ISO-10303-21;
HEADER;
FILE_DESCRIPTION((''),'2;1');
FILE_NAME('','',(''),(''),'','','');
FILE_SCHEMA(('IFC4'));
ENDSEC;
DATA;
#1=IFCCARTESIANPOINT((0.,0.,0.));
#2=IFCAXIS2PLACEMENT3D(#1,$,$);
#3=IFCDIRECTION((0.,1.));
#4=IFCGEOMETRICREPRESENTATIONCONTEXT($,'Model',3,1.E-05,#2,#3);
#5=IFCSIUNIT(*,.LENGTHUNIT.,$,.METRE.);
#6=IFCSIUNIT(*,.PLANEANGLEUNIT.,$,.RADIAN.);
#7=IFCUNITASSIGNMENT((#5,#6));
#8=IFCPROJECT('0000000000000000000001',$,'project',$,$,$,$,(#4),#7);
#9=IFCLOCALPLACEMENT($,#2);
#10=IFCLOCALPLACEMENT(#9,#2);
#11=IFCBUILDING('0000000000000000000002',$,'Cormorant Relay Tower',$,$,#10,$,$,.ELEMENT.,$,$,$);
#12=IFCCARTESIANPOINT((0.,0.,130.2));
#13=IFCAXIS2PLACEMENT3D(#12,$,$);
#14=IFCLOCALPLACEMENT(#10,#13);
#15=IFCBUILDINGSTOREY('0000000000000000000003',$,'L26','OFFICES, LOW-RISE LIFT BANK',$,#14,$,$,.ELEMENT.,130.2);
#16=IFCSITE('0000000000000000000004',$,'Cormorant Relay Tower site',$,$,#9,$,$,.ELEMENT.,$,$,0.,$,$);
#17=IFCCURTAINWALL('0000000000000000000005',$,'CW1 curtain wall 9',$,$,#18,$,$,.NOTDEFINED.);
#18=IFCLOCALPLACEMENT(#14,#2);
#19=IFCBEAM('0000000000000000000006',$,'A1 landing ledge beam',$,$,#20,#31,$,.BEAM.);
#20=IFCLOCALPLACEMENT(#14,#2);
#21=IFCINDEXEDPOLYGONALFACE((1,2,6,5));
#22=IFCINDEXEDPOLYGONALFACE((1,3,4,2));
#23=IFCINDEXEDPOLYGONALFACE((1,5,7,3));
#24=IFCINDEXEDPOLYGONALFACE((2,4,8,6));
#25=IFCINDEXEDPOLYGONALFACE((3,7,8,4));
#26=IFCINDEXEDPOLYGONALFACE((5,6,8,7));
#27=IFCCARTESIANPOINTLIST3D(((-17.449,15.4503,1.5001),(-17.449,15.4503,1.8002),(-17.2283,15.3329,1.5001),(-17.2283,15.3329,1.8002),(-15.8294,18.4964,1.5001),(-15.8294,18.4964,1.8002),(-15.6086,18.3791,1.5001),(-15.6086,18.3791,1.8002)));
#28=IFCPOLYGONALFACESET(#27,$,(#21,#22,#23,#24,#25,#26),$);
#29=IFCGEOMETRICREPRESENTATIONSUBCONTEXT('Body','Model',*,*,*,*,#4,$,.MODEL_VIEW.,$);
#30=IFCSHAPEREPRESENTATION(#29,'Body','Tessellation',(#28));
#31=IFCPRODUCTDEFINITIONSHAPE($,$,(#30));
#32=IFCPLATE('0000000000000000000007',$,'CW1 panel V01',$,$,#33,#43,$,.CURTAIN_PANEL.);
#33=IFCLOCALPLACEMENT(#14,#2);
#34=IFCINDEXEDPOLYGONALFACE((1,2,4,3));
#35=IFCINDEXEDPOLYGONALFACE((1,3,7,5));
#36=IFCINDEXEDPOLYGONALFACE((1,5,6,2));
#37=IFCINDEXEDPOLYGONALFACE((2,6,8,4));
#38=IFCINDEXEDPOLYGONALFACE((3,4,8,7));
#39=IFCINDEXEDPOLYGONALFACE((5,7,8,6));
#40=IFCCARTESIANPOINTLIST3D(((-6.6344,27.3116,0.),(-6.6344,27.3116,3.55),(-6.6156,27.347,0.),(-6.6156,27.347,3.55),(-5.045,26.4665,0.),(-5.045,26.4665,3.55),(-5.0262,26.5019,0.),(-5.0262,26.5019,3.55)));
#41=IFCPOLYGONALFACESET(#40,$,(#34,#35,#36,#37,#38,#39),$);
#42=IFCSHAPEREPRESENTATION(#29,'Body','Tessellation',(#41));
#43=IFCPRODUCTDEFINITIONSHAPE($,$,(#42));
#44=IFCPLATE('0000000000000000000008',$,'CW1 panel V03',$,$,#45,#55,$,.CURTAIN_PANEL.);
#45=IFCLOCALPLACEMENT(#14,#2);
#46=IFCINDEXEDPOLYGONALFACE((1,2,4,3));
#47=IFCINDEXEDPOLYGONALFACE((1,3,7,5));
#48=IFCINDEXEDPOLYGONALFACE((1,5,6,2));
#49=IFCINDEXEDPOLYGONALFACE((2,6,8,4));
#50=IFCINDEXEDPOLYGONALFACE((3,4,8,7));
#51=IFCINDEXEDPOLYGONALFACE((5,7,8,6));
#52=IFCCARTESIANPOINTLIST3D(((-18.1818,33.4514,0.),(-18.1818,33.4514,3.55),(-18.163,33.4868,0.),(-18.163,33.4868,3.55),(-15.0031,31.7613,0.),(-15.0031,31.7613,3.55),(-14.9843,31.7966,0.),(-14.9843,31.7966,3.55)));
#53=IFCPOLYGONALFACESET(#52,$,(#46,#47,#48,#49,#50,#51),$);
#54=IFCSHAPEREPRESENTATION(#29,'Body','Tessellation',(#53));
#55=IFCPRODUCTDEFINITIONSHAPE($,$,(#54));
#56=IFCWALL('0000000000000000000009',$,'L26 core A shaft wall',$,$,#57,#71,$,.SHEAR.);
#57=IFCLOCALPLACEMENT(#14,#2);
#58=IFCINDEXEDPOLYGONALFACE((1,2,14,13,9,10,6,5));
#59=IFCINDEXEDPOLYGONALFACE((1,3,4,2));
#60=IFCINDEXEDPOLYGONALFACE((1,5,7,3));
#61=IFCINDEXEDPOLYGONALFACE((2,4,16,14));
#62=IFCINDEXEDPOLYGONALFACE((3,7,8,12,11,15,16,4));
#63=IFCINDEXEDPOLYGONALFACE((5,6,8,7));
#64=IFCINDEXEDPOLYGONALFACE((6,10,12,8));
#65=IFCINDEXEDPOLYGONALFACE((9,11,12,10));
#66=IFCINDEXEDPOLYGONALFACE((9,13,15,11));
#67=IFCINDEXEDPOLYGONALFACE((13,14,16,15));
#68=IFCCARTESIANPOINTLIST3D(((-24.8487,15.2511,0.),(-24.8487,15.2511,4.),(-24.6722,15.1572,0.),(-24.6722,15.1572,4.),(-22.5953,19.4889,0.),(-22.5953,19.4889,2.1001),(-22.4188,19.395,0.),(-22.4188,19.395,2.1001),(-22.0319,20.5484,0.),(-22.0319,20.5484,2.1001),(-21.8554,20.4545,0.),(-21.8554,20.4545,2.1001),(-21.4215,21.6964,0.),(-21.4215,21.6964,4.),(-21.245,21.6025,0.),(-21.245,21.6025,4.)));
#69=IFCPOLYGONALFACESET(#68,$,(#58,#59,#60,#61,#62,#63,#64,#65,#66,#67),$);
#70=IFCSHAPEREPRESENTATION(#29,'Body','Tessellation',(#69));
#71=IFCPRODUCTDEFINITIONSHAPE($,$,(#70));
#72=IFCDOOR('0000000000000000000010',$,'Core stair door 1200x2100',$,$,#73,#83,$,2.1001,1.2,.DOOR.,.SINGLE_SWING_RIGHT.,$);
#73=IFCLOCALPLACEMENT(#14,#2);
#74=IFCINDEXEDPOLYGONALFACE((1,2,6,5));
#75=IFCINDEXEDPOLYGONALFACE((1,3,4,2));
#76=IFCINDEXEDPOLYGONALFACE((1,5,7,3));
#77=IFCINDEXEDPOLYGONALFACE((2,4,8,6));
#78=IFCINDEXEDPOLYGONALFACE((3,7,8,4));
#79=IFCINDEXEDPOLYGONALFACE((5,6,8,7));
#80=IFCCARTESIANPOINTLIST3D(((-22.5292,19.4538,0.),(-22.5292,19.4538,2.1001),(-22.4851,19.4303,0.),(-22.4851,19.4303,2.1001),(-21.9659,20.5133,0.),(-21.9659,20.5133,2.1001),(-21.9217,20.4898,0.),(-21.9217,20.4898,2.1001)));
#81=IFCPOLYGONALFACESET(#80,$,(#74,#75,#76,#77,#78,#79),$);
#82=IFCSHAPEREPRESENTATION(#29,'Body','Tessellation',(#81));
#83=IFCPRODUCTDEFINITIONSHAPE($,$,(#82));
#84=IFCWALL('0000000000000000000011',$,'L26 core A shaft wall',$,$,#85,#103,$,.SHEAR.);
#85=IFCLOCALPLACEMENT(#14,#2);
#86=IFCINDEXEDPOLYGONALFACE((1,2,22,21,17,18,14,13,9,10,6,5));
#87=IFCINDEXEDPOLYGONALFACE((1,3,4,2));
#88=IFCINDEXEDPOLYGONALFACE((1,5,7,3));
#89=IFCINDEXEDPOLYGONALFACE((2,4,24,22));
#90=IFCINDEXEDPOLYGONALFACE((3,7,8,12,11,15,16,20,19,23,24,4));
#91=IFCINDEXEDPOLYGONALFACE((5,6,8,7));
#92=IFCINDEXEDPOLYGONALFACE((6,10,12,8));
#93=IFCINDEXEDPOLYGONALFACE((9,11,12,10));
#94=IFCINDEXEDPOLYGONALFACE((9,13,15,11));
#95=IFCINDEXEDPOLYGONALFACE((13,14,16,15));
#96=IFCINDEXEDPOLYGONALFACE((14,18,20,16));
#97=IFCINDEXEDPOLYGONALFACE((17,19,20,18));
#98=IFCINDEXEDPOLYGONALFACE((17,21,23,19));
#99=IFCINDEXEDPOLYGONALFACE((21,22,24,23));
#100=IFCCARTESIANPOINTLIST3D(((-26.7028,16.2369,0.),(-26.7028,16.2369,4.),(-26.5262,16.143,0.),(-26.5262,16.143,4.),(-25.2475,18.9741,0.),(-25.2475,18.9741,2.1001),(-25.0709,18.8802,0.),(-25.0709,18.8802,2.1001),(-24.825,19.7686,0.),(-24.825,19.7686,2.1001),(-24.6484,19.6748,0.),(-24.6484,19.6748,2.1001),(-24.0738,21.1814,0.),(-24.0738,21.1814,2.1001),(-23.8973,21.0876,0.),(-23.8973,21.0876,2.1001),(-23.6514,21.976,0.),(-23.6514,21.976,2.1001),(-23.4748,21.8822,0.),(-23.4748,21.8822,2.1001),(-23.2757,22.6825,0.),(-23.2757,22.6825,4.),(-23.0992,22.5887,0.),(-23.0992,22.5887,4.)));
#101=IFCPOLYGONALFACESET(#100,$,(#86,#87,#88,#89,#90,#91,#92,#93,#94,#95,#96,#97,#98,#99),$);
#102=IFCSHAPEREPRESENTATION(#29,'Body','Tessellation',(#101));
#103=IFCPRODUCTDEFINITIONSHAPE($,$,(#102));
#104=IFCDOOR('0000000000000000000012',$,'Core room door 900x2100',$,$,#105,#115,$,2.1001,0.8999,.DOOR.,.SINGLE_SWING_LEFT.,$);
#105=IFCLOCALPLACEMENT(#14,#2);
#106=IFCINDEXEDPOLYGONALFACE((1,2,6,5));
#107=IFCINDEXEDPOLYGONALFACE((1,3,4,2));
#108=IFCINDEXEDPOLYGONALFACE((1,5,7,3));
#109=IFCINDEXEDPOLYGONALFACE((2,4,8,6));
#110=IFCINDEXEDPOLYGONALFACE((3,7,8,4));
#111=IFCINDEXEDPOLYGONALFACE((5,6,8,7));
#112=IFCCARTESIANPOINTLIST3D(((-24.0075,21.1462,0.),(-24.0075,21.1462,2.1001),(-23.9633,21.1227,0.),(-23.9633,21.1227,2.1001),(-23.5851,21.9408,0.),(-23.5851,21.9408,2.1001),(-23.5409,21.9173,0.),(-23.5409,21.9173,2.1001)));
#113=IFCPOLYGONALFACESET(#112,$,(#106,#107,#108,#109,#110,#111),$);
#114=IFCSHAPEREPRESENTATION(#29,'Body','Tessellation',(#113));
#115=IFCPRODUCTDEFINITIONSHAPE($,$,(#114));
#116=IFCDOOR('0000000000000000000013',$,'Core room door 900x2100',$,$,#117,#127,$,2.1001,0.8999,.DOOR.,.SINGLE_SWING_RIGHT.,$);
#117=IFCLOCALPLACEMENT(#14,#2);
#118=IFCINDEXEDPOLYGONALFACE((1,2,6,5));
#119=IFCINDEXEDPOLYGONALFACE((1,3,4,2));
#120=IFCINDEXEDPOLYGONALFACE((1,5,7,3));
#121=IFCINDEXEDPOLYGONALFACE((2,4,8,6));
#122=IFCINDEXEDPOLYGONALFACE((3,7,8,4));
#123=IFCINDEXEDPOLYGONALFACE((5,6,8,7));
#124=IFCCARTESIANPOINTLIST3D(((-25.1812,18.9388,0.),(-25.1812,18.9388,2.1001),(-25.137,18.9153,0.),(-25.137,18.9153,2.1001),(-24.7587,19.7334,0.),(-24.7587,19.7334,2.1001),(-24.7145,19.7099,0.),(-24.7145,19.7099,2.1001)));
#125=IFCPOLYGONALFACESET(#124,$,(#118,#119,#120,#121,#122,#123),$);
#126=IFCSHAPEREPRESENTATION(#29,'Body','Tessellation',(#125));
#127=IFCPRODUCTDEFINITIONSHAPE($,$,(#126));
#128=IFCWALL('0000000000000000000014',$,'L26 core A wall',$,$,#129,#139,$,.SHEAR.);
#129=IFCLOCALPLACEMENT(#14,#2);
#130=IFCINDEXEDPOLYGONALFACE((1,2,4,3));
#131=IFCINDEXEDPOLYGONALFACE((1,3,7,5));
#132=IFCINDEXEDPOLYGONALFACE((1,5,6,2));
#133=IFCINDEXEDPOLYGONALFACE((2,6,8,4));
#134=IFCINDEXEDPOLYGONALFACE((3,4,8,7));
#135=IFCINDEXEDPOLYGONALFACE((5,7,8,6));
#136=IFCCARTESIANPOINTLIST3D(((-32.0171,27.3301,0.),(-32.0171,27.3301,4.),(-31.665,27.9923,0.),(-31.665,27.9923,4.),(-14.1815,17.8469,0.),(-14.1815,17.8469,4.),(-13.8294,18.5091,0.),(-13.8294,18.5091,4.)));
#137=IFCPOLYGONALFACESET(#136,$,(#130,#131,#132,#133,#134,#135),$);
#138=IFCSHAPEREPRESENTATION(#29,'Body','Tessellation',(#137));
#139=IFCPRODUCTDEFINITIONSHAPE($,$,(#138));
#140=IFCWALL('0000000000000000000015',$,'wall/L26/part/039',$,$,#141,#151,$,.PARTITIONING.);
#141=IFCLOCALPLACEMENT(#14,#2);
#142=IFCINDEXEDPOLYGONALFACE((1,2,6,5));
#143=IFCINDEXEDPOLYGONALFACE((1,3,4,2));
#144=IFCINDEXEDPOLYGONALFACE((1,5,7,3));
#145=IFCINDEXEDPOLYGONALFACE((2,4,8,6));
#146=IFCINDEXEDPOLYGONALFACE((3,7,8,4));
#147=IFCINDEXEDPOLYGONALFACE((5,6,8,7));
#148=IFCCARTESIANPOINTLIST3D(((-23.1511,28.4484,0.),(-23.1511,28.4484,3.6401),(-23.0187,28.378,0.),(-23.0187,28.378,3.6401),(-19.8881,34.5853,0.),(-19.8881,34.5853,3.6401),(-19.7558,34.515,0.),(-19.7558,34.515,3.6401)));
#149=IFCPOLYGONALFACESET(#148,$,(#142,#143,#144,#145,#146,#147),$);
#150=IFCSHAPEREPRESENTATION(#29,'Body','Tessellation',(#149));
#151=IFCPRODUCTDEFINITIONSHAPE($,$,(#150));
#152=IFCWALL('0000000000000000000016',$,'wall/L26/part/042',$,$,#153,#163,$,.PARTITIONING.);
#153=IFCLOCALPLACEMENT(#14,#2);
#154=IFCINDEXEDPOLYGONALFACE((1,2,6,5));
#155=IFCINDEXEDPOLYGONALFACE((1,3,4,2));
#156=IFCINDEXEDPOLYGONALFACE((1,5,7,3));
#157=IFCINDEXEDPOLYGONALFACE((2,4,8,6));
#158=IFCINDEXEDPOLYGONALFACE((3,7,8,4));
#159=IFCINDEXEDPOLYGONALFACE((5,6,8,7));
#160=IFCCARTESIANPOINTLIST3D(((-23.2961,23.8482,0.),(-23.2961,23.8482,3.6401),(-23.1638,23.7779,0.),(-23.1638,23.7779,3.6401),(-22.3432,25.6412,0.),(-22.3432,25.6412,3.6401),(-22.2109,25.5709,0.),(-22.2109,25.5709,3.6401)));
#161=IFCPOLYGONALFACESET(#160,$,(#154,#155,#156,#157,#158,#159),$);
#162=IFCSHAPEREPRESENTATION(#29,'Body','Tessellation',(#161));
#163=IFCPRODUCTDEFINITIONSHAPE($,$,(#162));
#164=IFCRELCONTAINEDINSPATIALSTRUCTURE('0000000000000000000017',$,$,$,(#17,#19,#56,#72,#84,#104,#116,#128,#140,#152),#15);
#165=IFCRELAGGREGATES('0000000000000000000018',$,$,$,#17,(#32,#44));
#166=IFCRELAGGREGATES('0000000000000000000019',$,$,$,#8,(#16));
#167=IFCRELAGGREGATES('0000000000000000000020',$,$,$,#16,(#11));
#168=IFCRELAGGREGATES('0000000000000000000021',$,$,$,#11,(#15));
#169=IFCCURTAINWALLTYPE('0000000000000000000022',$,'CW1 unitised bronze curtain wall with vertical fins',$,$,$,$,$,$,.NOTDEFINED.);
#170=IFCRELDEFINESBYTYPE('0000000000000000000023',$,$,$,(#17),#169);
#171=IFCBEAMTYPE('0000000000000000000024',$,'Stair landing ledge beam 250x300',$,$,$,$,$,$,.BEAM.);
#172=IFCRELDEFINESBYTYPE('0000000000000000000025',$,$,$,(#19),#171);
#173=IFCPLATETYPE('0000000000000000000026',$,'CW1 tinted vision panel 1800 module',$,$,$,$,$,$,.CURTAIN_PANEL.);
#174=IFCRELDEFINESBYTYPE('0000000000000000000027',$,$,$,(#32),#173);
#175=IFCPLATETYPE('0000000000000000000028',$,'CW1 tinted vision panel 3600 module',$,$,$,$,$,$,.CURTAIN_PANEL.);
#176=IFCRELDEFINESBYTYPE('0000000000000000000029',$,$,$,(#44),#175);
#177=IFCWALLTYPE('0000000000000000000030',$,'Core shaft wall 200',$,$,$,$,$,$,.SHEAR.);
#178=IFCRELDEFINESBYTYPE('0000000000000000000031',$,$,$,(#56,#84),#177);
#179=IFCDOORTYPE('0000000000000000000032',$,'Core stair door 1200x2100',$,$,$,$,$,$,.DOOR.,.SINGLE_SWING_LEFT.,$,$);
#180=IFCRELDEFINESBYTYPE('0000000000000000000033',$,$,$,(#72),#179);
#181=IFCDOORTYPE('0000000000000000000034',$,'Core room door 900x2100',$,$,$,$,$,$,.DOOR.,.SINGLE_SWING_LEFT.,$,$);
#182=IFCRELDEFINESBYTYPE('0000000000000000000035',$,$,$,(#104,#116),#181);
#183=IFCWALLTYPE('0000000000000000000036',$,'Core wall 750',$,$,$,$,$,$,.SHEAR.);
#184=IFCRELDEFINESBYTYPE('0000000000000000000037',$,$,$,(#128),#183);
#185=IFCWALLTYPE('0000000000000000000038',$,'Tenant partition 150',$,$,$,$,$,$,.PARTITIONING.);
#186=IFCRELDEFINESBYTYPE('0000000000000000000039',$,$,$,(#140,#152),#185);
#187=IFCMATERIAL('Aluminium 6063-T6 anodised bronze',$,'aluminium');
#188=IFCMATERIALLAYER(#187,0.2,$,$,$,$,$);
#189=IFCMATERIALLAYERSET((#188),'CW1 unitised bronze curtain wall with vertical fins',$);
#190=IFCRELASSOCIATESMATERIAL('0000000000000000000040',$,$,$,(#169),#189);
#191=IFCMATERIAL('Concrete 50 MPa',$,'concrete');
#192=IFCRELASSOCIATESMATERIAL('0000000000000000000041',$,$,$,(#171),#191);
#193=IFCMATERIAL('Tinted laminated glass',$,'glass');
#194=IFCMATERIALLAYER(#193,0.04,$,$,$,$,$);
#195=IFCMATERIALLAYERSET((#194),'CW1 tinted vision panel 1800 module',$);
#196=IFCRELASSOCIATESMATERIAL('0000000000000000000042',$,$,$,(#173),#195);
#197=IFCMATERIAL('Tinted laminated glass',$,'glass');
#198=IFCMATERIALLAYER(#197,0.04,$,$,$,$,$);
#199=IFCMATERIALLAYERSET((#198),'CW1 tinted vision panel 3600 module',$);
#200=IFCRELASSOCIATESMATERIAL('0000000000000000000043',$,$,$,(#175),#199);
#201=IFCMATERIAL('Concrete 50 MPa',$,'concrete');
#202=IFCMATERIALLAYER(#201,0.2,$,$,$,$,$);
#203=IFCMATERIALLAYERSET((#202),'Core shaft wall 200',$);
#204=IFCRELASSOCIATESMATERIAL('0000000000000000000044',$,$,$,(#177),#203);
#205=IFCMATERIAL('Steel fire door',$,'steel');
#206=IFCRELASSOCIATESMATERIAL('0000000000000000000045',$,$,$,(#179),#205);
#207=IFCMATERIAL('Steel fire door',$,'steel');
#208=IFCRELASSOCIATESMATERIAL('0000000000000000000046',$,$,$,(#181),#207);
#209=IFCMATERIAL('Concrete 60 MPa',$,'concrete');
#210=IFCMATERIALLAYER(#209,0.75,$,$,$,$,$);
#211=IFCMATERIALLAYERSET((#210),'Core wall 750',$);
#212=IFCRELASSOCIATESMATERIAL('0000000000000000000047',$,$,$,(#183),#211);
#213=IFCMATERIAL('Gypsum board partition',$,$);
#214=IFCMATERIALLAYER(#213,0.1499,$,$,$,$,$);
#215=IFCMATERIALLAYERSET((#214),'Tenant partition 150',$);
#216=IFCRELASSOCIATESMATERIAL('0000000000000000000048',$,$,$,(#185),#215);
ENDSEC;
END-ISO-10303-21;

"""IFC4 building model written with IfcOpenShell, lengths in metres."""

from ifc_helpers import new_model, si_unit, direction, frame, frame_2d, origin, origin_2d, place, context, subcontext, project, spatial, rectangle, extrude, material, layer, layer_set, material_profile, profile_set, type_object, element, fill, aggregate, save


model = new_model("IFC4")

# Units and contexts
model_context = context("Model", 3, precision=1e-05, world=origin(), true_north=direction((0.0, 1.0)))
body_context = subcontext(model_context, "Body", "Model", "MODEL_VIEW")
ifc_project = project(units=[si_unit("LENGTHUNIT", "METRE"), si_unit("PLANEANGLEUNIT", "RADIAN")], contexts=[model_context])

# Site, building, storey
site_placement = place(None, origin())
site = spatial("IfcSite", under=ifc_project, at=site_placement, Name="Cormorant Relay Tower site", CompositionType="ELEMENT", RefElevation=0.0)
building_placement = place(site_placement, origin())
building = spatial("IfcBuilding", under=site, at=building_placement, Name="Cormorant Relay Tower", CompositionType="ELEMENT")
storey_placement = place(building_placement, frame((0.0, 0.0, 130.2)))
storey = spatial("IfcBuildingStorey", under=building, at=storey_placement, Name="L26", Description="OFFICES, LOW-RISE LIFT BANK", CompositionType="ELEMENT", Elevation=130.2)

# Curtain wall
ifc_material_1 = material(Name="Aluminium 6063-T6 anodised bronze", Category="aluminium")
ifc_layer_1 = layer(ifc_material_1, 0.2)
ifc_layer_set_1 = layer_set([ifc_layer_1], Name="CW1 unitised bronze curtain wall with vertical fins")
curtain_wall_type = type_object("IfcCurtainWallType", Name="CW1 unitised bronze curtain wall with vertical fins", PredefinedType="NOTDEFINED", material=ifc_layer_set_1)
curtain_wall_placement = place(storey_placement, origin())
curtain_wall = element("IfcCurtainWall", 1, at=curtain_wall_placement, inside=storey, type_object=curtain_wall_type, Name="CW1 curtain wall 9", PredefinedType="NOTDEFINED")

# Beam
ifc_material_2 = material(Name="Concrete 50 MPa", Category="concrete")
ifc_material_profile_1 = material_profile(ifc_material_2, rectangle(XDim=0.25, YDim=0.3, at=origin_2d()), Name="RC 250x300")
ifc_profile_set_1 = profile_set([ifc_material_profile_1], Name="Concrete 50 MPa")
beam_type_1 = type_object("IfcBeamType", Name="Stair landing ledge beam 250x300", PredefinedType="BEAM", material=ifc_profile_set_1)
beam_1_placement = place(storey_placement, frame((-17.3386, 15.3916, 1.6501), z_axis=(0.469464, 0.882952, 0.0), x_axis=(-0.882952, 0.469464, 0.0)))
element("IfcBeam", 2, at=beam_1_placement, inside=storey, type_object=beam_type_1, Name="A1 landing ledge beam", PredefinedType="BEAM", context=body_context, shape_type="SweptSolid", body=[
    extrude(rectangle(XDim=0.25, YDim=0.3, at=origin_2d()), origin(), (0.0, 0.0, 1.0), 3.45),
])

# Plates
ifc_material_3 = material(Name="Tinted laminated glass", Category="glass")
ifc_layer_2 = layer(ifc_material_3, 0.04)
ifc_layer_set_2 = layer_set([ifc_layer_2], Name="CW1 tinted vision panel 1800 module")
plate_type_1 = type_object("IfcPlateType", Name="CW1 tinted vision panel 1800 module", PredefinedType="CURTAIN_PANEL", material=ifc_layer_set_2)
plate_1_placement = place(storey_placement, frame((-5.8303, 26.9067, 0.0), z_axis=(0.0, 0.0, 1.0), x_axis=(-0.882948, 0.469472, 0.0)))
plate_1 = element("IfcPlate", 3, at=plate_1_placement, type_object=plate_type_1, Name="CW1 panel V01", PredefinedType="CURTAIN_PANEL", context=body_context, shape_type="SweptSolid", body=[
    extrude(rectangle(XDim=1.8, YDim=0.04, at=origin_2d()), origin(), (0.0, 0.0, 1.0), 3.55),
])
ifc_material_4 = material(Name="Tinted laminated glass", Category="glass")
ifc_layer_3 = layer(ifc_material_4, 0.04)
ifc_layer_set_3 = layer_set([ifc_layer_3], Name="CW1 tinted vision panel 3600 module")
plate_type_2 = type_object("IfcPlateType", Name="CW1 tinted vision panel 3600 module", PredefinedType="CURTAIN_PANEL", material=ifc_layer_set_3)
plate_2_placement = place(storey_placement, frame((-16.583, 32.624, 0.0), z_axis=(0.0, 0.0, 1.0), x_axis=(-0.882948, 0.469472, 0.0)))
plate_2 = element("IfcPlate", 4, at=plate_2_placement, type_object=plate_type_2, Name="CW1 panel V03", PredefinedType="CURTAIN_PANEL", context=body_context, shape_type="SweptSolid", body=[
    extrude(rectangle(XDim=3.6001, YDim=0.04, at=origin_2d()), origin(), (0.0, 0.0, 1.0), 3.55),
])

# Wall, opening, door
ifc_material_5 = material(Name="Concrete 50 MPa", Category="concrete")
ifc_layer_4 = layer(ifc_material_5, 0.2)
ifc_layer_set_4 = layer_set([ifc_layer_4], Name="Core shaft wall 200")
wall_type_1 = type_object("IfcWallType", Name="Core shaft wall 200", PredefinedType="SHEAR", material=ifc_layer_set_4)
wall_1_placement = place(storey_placement, frame((-21.3333, 21.6494, 0.0), z_axis=(0.0, 0.0, 1.0), x_axis=(-0.469494, -0.882936, 0.0)))
wall_1 = element("IfcWall", 5, at=wall_1_placement, inside=storey, type_object=wall_type_1, Name="L26 core A shaft wall", PredefinedType="SHEAR", context=body_context, shape_type="SweptSolid", body=[
    extrude(rectangle(XDim=7.2998, YDim=0.2, at=frame_2d((3.6499, 0.0))), origin(), (0.0, 0.0, 1.0), 4.0),
])
opening_1_placement = place(wall_1_placement, frame((1.3, 0.0, 0.0)))
opening_1 = element("IfcOpeningElement", 6, at=opening_1_placement, cuts=wall_1, PredefinedType="OPENING", context=body_context, shape_type="SweptSolid", body=[
    extrude(rectangle(XDim=1.2, YDim=2.1001, at=frame_2d((0.6001, 1.05))), frame((0.0, 0.1099, 0.0), z_axis=(0.0, -1.0, 0.0), x_axis=(1.0, 0.0, 0.0)), (0.0, 0.0, 1.0), 0.22),
])
ifc_material_6 = material(Name="Steel fire door", Category="steel")
door_type_1 = type_object("IfcDoorType", Name="Core stair door 1200x2100", OperationType="SINGLE_SWING_LEFT", PredefinedType="DOOR", material=ifc_material_6)
door_1_placement = place(opening_1_placement, origin())
door_1 = element("IfcDoor", 7, at=door_1_placement, inside=storey, type_object=door_type_1, Name="Core stair door 1200x2100", OperationType="SINGLE_SWING_RIGHT", OverallHeight=2.1001, OverallWidth=1.2, PredefinedType="DOOR", context=body_context, shape_type="SweptSolid", body=[
    extrude(rectangle(XDim=1.2, YDim=2.1001, at=frame_2d((0.6001, 1.05))), frame((0.0, 0.0249, 0.0), z_axis=(0.0, -1.0, 0.0), x_axis=(1.0, 0.0, 0.0)), (0.0, 0.0, 1.0), 0.05),
])
fill(opening_1, door_1)

# Wall, openings, doors
wall_2_placement = place(storey_placement, frame((-23.1875, 22.6355, 0.0), z_axis=(0.0, 0.0, 1.0), x_axis=(-0.469454, -0.882957, 0.0)))
wall_2 = element("IfcWall", 8, at=wall_2_placement, inside=storey, type_object=wall_type_1, Name="L26 core A shaft wall", PredefinedType="SHEAR", context=body_context, shape_type="SweptSolid", body=[
    extrude(rectangle(XDim=7.3, YDim=0.2, at=frame_2d((3.6499, 0.0))), origin(), (0.0, 0.0, 1.0), 4.0),
])
opening_2_placement = place(wall_2_placement, frame((0.8, 0.0, 0.0)))
opening_2 = element("IfcOpeningElement", 9, at=opening_2_placement, cuts=wall_2, PredefinedType="OPENING", context=body_context, shape_type="SweptSolid", body=[
    extrude(rectangle(XDim=0.8999, YDim=2.1001, at=frame_2d((0.45, 1.05))), frame((0.0, 0.1099, 0.0), z_axis=(0.0, -1.0, 0.0), x_axis=(1.0, 0.0, 0.0)), (0.0, 0.0, 1.0), 0.22),
])
opening_3_placement = place(wall_2_placement, frame((3.3, 0.0, 0.0)))
opening_3 = element("IfcOpeningElement", 10, at=opening_3_placement, cuts=wall_2, PredefinedType="OPENING", context=body_context, shape_type="SweptSolid", body=[
    extrude(rectangle(XDim=0.8999, YDim=2.1001, at=frame_2d((0.45, 1.05))), frame((0.0, 0.1099, 0.0), z_axis=(0.0, -1.0, 0.0), x_axis=(1.0, 0.0, 0.0)), (0.0, 0.0, 1.0), 0.22),
])
ifc_material_7 = material(Name="Steel fire door", Category="steel")
door_type_2 = type_object("IfcDoorType", Name="Core room door 900x2100", OperationType="SINGLE_SWING_LEFT", PredefinedType="DOOR", material=ifc_material_7)
door_2_placement = place(opening_2_placement, frame((0.8999, 0.0, 0.0), z_axis=(0.0, 0.0, 1.0), x_axis=(-1.0, 0.0, 0.0)))
door_2 = element("IfcDoor", 11, at=door_2_placement, inside=storey, type_object=door_type_2, Name="Core room door 900x2100", OperationType="SINGLE_SWING_LEFT", OverallHeight=2.1001, OverallWidth=0.8999, PredefinedType="DOOR", context=body_context, shape_type="SweptSolid", body=[
    extrude(rectangle(XDim=0.8999, YDim=2.1001, at=frame_2d((0.45, 1.05))), frame((0.0, 0.0249, 0.0), z_axis=(0.0, -1.0, 0.0), x_axis=(1.0, 0.0, 0.0)), (0.0, 0.0, 1.0), 0.05),
])
fill(opening_2, door_2)
door_3_placement = place(opening_3_placement, frame((0.8999, 0.0, 0.0), z_axis=(0.0, 0.0, 1.0), x_axis=(-1.0, 0.0, 0.0)))
door_3 = element("IfcDoor", 12, at=door_3_placement, inside=storey, type_object=door_type_2, Name="Core room door 900x2100", OperationType="SINGLE_SWING_RIGHT", OverallHeight=2.1001, OverallWidth=0.8999, PredefinedType="DOOR", context=body_context, shape_type="SweptSolid", body=[
    extrude(rectangle(XDim=0.8999, YDim=2.1001, at=frame_2d((0.45, 1.05))), frame((0.0, 0.0249, 0.0), z_axis=(0.0, -1.0, 0.0), x_axis=(1.0, 0.0, 0.0)), (0.0, 0.0, 1.0), 0.05),
])
fill(opening_3, door_3)

# Shared definitions
ifc_material_8 = material(Name="Concrete 60 MPa", Category="concrete")
ifc_layer_5 = layer(ifc_material_8, 0.75)
ifc_layer_set_5 = layer_set([ifc_layer_5], Name="Core wall 750")
wall_type_2 = type_object("IfcWallType", Name="Core wall 750", PredefinedType="SHEAR", material=ifc_layer_set_5)

# Walls
wall_3_placement = place(storey_placement, frame((-14.0054, 18.178, 0.0), z_axis=(0.0, 0.0, 1.0), x_axis=(-0.88295, 0.469467, 0.0)))
element("IfcWall", 13, at=wall_3_placement, inside=storey, type_object=wall_type_2, Name="L26 core A wall", PredefinedType="SHEAR", context=body_context, shape_type="SweptSolid", body=[
    extrude(rectangle(XDim=20.2, YDim=0.75, at=frame_2d((10.1001, 0.0))), origin(), (0.0, 0.0, 1.0), 4.0),
])
ifc_material_9 = material(Name="Gypsum board partition")
ifc_layer_6 = layer(ifc_material_9, 0.1499)
ifc_layer_set_6 = layer_set([ifc_layer_6], Name="Tenant partition 150")
wall_type_3 = type_object("IfcWallType", Name="Tenant partition 150", PredefinedType="PARTITIONING", material=ifc_layer_set_6)
wall_4_placement = place(storey_placement, frame((-19.822, 34.55, 0.0), z_axis=(0.0, 0.0, 1.0), x_axis=(-0.469456, -0.882956, 0.0)))
element("IfcWall", 14, at=wall_4_placement, inside=storey, type_object=wall_type_3, Name="wall/L26/part/039", PredefinedType="PARTITIONING", context=body_context, shape_type="SweptSolid", body=[
    extrude(rectangle(XDim=6.9504, YDim=0.1499, at=frame_2d((3.4751, 0.0))), origin(), (0.0, 0.0, 1.0), 3.6401),
])
wall_5_placement = place(storey_placement, frame((-22.2771, 25.606, 0.0), z_axis=(0.0, 0.0, 1.0), x_axis=(-0.469296, -0.883041, 0.0)))
element("IfcWall", 15, at=wall_5_placement, inside=storey, type_object=wall_type_3, Name="wall/L26/part/042", PredefinedType="PARTITIONING", context=body_context, shape_type="SweptSolid", body=[
    extrude(rectangle(XDim=2.0305, YDim=0.1499, at=frame_2d((1.0151, 0.0))), origin(), (0.0, 0.0, 1.0), 3.6401),
])

aggregate(curtain_wall, [plate_1, plate_2])

save(model, "model.ifc")
